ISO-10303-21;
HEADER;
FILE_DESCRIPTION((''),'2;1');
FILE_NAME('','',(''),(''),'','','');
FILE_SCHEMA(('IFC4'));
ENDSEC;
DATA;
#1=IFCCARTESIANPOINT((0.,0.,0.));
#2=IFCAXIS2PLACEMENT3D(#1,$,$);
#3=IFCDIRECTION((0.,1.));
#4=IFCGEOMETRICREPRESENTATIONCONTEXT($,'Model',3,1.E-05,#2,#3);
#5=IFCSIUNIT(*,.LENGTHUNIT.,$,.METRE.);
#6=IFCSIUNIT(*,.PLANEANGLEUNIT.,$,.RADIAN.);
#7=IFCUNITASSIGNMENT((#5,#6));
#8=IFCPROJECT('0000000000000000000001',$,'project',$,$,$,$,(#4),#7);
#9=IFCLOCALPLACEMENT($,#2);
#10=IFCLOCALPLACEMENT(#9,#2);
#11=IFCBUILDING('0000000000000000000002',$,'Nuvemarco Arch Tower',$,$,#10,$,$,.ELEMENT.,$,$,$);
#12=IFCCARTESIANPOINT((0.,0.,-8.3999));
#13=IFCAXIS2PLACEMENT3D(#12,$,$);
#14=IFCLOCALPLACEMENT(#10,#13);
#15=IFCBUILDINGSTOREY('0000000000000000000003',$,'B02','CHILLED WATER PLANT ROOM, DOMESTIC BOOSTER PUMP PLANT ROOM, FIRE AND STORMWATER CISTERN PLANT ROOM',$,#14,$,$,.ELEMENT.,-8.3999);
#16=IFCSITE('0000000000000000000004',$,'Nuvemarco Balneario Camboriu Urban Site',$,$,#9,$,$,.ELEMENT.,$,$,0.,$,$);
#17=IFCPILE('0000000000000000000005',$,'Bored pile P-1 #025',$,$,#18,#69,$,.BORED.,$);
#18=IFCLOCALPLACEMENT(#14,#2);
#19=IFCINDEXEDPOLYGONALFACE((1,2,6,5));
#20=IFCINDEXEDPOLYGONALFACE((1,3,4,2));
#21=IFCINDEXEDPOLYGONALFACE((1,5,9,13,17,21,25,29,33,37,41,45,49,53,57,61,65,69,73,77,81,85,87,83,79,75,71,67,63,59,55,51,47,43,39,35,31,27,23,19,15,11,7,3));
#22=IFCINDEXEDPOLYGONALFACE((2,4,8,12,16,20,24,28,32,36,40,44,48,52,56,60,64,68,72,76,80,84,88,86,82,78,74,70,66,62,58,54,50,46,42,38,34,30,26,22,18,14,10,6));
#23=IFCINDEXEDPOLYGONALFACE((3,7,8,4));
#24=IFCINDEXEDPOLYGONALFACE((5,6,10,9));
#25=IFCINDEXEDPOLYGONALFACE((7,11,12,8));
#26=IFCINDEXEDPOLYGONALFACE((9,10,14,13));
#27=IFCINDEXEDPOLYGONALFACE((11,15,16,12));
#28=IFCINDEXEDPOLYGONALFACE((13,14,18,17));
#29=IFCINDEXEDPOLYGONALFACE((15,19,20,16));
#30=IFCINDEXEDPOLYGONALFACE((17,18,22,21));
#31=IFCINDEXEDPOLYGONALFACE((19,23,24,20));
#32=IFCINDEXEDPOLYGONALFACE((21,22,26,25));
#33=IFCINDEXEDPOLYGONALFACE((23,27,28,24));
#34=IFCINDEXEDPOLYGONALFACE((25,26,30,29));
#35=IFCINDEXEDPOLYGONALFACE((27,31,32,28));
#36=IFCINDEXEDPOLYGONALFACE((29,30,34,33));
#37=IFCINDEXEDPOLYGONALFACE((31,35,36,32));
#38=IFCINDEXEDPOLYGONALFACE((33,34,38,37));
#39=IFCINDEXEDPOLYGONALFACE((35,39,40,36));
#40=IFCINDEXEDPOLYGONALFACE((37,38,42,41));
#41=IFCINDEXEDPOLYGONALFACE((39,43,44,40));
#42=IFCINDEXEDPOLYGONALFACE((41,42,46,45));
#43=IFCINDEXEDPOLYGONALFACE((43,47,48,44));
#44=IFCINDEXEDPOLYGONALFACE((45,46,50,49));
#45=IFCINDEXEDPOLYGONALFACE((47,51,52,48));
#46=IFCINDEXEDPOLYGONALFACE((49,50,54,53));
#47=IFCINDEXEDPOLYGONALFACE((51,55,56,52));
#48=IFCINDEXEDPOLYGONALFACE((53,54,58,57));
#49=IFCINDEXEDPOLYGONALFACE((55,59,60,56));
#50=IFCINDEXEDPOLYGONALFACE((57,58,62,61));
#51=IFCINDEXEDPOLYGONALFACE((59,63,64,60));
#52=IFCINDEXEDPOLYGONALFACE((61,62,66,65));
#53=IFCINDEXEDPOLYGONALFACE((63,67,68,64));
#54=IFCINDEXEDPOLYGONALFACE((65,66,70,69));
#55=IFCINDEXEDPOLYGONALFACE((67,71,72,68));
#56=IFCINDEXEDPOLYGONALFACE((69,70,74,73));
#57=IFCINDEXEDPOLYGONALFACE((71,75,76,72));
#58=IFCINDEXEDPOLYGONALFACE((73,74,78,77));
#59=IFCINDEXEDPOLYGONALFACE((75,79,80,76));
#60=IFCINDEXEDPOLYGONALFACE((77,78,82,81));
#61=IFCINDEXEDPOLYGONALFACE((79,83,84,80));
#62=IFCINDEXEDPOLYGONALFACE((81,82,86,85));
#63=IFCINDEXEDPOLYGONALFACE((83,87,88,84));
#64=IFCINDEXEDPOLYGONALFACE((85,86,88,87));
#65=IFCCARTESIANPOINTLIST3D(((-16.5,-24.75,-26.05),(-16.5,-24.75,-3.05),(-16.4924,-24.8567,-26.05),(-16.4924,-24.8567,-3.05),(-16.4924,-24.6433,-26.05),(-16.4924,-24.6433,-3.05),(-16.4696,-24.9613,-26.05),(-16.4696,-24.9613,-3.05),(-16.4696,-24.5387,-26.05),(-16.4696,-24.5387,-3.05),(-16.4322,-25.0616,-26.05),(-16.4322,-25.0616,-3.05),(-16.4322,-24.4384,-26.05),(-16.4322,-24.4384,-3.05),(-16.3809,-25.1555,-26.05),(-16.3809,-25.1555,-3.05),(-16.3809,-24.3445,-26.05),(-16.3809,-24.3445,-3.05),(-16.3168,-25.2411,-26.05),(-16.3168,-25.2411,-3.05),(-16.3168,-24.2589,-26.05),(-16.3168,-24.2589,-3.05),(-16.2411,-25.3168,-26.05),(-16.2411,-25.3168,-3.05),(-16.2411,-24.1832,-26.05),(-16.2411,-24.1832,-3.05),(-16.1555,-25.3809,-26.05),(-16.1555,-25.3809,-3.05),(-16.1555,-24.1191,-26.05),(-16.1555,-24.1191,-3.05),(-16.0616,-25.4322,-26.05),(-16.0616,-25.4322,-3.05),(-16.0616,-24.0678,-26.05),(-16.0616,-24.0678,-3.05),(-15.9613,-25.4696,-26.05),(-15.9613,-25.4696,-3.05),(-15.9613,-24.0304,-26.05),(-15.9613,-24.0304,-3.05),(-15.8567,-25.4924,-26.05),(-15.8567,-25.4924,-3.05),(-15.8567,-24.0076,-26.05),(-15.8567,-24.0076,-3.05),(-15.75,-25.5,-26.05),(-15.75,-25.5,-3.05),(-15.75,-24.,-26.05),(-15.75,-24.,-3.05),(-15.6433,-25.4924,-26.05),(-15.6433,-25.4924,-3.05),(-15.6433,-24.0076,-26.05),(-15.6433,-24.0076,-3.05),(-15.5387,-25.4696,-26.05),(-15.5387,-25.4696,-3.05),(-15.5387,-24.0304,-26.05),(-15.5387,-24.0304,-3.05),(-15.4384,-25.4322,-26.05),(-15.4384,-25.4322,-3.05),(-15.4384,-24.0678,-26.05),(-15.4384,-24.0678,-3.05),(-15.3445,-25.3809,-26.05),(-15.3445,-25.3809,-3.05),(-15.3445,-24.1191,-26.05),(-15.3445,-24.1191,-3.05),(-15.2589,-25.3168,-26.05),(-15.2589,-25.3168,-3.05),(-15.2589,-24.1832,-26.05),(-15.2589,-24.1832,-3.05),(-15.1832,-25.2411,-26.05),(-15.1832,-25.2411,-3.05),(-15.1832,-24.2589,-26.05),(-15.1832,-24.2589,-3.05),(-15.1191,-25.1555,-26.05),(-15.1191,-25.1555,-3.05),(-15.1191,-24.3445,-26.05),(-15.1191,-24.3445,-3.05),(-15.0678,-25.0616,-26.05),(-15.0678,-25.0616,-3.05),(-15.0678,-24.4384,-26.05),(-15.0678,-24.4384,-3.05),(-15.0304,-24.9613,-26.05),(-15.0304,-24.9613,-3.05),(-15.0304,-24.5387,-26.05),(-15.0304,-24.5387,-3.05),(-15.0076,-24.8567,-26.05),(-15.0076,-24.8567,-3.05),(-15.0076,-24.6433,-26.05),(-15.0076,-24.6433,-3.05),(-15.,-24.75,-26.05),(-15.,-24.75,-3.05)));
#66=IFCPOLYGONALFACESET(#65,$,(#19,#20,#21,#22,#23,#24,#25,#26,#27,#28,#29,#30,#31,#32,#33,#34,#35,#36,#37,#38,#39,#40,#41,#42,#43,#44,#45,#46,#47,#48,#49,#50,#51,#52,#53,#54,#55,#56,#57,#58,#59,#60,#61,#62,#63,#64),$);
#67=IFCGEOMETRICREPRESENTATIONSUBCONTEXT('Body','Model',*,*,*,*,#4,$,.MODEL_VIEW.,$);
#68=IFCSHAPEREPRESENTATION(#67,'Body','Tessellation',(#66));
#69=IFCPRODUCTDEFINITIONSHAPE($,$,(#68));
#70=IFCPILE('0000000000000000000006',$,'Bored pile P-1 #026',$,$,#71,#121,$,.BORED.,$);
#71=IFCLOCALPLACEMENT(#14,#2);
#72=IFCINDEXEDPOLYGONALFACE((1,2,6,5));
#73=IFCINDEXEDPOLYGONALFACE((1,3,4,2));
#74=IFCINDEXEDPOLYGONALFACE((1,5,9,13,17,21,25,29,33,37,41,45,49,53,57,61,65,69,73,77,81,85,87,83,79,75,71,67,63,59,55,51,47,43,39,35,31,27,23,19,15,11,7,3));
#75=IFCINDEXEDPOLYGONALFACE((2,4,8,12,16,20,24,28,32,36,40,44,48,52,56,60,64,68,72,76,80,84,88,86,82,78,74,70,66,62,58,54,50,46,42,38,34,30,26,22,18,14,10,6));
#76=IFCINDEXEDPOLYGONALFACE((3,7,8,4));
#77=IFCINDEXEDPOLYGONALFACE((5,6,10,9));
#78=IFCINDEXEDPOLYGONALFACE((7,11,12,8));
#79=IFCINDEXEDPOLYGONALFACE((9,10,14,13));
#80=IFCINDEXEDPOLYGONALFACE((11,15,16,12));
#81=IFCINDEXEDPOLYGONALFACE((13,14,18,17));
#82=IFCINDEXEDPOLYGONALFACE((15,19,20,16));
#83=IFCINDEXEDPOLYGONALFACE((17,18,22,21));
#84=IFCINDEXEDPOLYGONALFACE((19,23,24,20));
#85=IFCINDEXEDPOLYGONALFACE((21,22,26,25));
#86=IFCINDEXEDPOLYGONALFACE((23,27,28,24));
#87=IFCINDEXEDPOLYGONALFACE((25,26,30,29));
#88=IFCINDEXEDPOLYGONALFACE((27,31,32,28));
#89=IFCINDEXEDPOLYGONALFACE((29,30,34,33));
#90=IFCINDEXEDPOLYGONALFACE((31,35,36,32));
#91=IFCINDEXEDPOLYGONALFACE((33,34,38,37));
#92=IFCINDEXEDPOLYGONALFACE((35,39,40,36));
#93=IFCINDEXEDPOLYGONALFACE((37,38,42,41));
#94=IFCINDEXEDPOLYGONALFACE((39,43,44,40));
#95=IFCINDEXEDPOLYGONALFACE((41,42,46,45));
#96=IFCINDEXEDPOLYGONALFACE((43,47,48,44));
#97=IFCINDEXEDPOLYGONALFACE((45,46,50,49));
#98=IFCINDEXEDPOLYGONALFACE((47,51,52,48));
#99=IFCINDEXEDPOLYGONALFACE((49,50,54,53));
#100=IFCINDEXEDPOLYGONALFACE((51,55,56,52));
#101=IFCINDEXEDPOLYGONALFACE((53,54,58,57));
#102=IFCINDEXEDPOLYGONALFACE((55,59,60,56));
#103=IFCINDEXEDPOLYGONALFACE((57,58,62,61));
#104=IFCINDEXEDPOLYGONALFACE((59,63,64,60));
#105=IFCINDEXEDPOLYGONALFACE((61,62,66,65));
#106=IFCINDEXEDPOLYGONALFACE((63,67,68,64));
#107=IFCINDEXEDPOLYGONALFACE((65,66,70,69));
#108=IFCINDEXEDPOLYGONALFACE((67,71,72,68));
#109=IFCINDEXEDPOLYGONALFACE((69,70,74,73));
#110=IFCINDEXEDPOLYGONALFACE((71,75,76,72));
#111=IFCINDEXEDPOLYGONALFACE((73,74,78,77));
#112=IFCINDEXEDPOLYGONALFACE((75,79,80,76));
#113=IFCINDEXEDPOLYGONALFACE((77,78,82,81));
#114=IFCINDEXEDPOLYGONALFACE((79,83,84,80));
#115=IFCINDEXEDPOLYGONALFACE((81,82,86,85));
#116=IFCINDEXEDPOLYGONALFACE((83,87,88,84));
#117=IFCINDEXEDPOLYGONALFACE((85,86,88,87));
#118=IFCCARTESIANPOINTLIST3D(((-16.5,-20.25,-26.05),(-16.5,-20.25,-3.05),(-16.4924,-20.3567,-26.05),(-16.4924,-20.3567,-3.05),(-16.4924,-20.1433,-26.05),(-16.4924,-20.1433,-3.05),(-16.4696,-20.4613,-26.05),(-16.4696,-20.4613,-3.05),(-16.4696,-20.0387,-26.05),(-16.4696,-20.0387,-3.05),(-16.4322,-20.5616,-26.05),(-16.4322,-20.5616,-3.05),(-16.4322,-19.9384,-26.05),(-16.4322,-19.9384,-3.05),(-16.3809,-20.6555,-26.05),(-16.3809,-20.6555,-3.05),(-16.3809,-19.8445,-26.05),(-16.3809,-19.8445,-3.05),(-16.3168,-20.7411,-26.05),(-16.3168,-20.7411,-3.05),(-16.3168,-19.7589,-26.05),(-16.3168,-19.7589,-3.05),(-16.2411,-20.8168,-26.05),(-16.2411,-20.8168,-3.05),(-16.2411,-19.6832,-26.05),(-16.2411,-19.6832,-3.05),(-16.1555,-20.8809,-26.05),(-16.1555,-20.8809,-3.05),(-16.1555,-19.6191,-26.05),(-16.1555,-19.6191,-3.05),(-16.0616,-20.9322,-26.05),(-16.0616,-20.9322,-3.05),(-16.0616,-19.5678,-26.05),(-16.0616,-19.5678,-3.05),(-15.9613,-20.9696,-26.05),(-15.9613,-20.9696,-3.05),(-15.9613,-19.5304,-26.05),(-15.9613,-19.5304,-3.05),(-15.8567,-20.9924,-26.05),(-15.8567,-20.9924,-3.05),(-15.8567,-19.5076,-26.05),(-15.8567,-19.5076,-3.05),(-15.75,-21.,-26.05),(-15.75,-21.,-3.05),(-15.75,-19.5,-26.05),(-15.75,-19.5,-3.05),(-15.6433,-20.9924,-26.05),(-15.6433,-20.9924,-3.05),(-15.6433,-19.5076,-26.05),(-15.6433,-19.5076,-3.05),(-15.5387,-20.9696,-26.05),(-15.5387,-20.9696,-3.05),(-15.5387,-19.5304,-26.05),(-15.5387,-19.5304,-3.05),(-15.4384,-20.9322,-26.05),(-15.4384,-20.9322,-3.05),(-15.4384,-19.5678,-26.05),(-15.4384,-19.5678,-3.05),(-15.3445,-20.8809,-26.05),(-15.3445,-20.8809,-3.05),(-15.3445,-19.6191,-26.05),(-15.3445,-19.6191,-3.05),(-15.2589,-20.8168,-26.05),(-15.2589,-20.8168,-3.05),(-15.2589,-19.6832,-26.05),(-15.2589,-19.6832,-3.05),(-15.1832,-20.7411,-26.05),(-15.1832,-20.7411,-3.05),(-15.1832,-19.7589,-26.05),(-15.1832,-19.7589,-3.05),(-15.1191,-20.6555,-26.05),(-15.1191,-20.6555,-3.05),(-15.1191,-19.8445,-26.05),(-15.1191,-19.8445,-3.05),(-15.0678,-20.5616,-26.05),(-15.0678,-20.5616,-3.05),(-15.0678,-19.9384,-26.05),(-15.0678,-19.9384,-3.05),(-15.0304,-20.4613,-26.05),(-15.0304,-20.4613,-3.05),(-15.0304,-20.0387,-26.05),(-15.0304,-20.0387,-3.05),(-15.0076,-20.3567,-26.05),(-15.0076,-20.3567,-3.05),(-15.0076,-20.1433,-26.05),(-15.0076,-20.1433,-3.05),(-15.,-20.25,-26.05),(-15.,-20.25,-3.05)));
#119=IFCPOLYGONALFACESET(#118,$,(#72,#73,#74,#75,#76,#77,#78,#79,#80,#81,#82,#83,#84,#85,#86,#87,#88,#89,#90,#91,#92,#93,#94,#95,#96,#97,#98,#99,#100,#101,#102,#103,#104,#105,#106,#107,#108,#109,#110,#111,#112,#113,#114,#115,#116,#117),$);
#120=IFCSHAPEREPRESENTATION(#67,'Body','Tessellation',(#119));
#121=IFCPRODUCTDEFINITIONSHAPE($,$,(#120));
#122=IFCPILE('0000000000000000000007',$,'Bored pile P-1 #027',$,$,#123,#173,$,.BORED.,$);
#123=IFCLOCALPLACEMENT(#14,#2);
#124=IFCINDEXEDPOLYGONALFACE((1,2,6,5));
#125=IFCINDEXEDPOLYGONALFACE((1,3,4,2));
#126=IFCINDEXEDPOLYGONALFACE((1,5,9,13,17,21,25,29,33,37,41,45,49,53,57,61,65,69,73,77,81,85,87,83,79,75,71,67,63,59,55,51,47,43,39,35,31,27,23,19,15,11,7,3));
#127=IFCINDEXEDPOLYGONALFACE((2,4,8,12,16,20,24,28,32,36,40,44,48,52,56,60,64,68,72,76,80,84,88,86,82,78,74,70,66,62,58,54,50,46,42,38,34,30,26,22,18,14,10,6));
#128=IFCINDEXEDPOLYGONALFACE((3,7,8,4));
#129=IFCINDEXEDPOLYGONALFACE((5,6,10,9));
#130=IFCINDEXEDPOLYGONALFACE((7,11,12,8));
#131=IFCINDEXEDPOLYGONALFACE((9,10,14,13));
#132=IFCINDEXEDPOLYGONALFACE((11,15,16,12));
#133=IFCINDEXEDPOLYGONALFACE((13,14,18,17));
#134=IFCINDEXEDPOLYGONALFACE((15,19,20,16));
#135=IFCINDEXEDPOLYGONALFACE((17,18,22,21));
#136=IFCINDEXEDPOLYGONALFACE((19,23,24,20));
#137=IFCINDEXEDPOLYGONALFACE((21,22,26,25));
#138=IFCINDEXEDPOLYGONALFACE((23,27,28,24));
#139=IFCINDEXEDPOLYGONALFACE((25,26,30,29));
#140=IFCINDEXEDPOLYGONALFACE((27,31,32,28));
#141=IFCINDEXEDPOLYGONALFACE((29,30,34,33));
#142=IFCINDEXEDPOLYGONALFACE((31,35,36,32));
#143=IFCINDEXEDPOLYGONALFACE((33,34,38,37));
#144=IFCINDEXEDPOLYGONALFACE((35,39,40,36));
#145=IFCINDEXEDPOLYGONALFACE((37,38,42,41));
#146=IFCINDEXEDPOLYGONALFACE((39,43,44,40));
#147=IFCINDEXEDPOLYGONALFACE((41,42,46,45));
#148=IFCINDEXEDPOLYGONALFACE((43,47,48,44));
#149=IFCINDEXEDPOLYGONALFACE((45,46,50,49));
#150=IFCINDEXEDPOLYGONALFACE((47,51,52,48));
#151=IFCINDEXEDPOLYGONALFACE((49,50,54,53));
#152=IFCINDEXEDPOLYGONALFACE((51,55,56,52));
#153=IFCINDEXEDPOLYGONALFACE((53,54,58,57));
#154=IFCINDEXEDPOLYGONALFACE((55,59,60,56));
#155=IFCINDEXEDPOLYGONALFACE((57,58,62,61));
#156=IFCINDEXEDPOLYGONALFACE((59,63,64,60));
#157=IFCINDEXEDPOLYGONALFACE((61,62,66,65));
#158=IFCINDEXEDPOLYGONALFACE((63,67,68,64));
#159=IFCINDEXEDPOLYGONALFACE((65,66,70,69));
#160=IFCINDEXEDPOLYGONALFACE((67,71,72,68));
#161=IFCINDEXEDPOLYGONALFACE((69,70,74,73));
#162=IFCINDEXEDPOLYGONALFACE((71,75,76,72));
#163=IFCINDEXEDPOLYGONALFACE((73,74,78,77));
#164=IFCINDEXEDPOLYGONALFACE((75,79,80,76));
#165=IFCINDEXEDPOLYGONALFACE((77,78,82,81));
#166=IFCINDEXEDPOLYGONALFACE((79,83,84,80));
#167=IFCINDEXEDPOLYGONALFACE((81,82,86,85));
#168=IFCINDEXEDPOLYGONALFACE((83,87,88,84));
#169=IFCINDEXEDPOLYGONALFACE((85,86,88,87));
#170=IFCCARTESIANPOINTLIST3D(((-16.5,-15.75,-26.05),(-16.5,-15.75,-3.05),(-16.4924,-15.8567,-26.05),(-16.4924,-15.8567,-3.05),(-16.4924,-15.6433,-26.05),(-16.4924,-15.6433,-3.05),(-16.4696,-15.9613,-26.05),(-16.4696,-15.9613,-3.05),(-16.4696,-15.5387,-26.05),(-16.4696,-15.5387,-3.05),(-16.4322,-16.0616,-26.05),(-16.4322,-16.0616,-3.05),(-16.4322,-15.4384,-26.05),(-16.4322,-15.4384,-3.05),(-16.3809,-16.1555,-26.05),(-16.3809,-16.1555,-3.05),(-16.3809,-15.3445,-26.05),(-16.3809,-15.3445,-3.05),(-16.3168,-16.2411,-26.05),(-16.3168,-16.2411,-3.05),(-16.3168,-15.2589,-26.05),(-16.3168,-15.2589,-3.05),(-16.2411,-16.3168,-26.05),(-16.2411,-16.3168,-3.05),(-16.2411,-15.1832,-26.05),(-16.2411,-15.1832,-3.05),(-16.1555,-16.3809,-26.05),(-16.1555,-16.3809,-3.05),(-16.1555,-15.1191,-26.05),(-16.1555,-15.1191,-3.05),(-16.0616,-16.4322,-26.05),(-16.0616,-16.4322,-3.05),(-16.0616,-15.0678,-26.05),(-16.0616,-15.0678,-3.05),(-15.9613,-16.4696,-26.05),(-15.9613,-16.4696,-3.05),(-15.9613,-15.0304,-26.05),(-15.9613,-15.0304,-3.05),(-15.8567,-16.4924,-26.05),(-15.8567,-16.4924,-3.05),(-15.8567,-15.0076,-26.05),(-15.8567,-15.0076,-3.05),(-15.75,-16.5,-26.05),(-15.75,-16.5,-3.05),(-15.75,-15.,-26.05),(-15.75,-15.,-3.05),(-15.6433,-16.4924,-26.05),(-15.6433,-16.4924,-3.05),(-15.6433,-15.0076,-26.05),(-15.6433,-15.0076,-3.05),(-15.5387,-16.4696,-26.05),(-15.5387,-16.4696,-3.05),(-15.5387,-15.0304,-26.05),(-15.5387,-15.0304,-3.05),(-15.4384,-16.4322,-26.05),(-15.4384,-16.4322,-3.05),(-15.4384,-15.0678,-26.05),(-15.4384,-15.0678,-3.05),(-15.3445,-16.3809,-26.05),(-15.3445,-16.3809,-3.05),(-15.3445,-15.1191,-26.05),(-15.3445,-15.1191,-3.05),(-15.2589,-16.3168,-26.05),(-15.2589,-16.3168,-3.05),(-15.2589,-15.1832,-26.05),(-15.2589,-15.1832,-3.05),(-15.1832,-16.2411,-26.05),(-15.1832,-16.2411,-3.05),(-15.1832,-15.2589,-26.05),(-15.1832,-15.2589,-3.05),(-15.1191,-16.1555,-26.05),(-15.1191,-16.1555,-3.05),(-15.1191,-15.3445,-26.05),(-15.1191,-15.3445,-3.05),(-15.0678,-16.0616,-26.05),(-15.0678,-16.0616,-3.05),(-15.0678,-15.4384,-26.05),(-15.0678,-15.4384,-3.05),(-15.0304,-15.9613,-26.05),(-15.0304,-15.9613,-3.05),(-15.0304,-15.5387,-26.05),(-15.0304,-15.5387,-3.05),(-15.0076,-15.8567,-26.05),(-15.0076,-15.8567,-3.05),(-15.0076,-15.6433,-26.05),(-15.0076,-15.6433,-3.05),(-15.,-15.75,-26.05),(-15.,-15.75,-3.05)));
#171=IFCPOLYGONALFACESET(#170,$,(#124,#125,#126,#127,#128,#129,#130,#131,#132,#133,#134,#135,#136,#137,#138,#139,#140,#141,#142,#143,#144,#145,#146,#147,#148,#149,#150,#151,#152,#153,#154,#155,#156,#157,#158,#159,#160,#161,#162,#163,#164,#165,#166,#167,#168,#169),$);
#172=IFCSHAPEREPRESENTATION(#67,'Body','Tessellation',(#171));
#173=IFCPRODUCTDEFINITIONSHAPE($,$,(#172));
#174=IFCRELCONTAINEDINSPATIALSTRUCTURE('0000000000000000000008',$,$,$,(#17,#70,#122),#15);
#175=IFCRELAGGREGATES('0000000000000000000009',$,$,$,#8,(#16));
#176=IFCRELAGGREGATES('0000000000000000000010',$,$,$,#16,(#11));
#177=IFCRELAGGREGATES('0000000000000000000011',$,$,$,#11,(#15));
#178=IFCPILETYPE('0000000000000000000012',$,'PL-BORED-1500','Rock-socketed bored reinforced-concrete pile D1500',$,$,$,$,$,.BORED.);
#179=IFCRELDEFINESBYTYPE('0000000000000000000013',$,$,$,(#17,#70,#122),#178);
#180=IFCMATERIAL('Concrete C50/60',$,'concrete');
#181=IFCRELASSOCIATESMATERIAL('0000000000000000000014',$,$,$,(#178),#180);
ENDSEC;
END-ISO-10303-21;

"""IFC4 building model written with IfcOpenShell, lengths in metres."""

from ifc_helpers import new_model, si_unit, direction, frame, origin, origin_2d, place, context, subcontext, project, spatial, circle, extrude, material, material_profile, profile_set, type_object, element, save


model = new_model("IFC4")

# Units and contexts
model_context = context("Model", 3, precision=1e-05, world=origin(), true_north=direction((0.0, 1.0)))
body_context = subcontext(model_context, "Body", "Model", "MODEL_VIEW")
ifc_project = project(units=[si_unit("LENGTHUNIT", "METRE"), si_unit("PLANEANGLEUNIT", "RADIAN")], contexts=[model_context])

# Site, building, storey
site_placement = place(None, origin())
site = spatial("IfcSite", under=ifc_project, at=site_placement, Name="Nuvemarco Balneario Camboriu Urban Site", CompositionType="ELEMENT", RefElevation=0.0)
building_placement = place(site_placement, origin())
building = spatial("IfcBuilding", under=site, at=building_placement, Name="Nuvemarco Arch Tower", CompositionType="ELEMENT")
storey_placement = place(building_placement, frame((0.0, 0.0, -8.3999)))
storey = spatial("IfcBuildingStorey", under=building, at=storey_placement, Name="B02", Description="CHILLED WATER PLANT ROOM, DOMESTIC BOOSTER PUMP PLANT ROOM, FIRE AND STORMWATER CISTERN PLANT ROOM", CompositionType="ELEMENT", Elevation=-8.3999)

# Piles
ifc_material_1 = material(Name="Concrete C50/60", Category="concrete")
ifc_material_profile_1 = material_profile(ifc_material_1, circle(Radius=0.75, at=origin_2d()), Name="PILE-D1500")
ifc_profile_set_1 = profile_set([ifc_material_profile_1], Name="Concrete C50/60")
pile_type = type_object("IfcPileType", Name="PL-BORED-1500", Description="Rock-socketed bored reinforced-concrete pile D1500", PredefinedType="BORED", material=ifc_profile_set_1)
for number, where, z_axis, x_axis, name in (
    (1, (-15.75, -24.75, -3.05), (0.0, 0.0, -1.0), (1.0, 0.0, 0.0), "Bored pile P-1 #025"),
    (2, (-15.75, -20.25, -3.05), (0.0, 0.0, -1.0), (1.0, 0.0, 0.0), "Bored pile P-1 #026"),
    (3, (-15.75, -15.75, -3.05), (0.0, 0.0, -1.0), (1.0, 0.0, 0.0), "Bored pile P-1 #027"),
):
    element("IfcPile", number, at=place(storey_placement, frame(where, z_axis=z_axis, x_axis=x_axis)), inside=storey, type_object=pile_type, Name=name, PredefinedType="BORED", context=body_context, shape_type="SweptSolid", body=[
        extrude(circle(Radius=0.75, at=origin_2d()), origin(), (0.0, 0.0, 1.0), 23.0),
    ])

save(model, "model.ifc")
